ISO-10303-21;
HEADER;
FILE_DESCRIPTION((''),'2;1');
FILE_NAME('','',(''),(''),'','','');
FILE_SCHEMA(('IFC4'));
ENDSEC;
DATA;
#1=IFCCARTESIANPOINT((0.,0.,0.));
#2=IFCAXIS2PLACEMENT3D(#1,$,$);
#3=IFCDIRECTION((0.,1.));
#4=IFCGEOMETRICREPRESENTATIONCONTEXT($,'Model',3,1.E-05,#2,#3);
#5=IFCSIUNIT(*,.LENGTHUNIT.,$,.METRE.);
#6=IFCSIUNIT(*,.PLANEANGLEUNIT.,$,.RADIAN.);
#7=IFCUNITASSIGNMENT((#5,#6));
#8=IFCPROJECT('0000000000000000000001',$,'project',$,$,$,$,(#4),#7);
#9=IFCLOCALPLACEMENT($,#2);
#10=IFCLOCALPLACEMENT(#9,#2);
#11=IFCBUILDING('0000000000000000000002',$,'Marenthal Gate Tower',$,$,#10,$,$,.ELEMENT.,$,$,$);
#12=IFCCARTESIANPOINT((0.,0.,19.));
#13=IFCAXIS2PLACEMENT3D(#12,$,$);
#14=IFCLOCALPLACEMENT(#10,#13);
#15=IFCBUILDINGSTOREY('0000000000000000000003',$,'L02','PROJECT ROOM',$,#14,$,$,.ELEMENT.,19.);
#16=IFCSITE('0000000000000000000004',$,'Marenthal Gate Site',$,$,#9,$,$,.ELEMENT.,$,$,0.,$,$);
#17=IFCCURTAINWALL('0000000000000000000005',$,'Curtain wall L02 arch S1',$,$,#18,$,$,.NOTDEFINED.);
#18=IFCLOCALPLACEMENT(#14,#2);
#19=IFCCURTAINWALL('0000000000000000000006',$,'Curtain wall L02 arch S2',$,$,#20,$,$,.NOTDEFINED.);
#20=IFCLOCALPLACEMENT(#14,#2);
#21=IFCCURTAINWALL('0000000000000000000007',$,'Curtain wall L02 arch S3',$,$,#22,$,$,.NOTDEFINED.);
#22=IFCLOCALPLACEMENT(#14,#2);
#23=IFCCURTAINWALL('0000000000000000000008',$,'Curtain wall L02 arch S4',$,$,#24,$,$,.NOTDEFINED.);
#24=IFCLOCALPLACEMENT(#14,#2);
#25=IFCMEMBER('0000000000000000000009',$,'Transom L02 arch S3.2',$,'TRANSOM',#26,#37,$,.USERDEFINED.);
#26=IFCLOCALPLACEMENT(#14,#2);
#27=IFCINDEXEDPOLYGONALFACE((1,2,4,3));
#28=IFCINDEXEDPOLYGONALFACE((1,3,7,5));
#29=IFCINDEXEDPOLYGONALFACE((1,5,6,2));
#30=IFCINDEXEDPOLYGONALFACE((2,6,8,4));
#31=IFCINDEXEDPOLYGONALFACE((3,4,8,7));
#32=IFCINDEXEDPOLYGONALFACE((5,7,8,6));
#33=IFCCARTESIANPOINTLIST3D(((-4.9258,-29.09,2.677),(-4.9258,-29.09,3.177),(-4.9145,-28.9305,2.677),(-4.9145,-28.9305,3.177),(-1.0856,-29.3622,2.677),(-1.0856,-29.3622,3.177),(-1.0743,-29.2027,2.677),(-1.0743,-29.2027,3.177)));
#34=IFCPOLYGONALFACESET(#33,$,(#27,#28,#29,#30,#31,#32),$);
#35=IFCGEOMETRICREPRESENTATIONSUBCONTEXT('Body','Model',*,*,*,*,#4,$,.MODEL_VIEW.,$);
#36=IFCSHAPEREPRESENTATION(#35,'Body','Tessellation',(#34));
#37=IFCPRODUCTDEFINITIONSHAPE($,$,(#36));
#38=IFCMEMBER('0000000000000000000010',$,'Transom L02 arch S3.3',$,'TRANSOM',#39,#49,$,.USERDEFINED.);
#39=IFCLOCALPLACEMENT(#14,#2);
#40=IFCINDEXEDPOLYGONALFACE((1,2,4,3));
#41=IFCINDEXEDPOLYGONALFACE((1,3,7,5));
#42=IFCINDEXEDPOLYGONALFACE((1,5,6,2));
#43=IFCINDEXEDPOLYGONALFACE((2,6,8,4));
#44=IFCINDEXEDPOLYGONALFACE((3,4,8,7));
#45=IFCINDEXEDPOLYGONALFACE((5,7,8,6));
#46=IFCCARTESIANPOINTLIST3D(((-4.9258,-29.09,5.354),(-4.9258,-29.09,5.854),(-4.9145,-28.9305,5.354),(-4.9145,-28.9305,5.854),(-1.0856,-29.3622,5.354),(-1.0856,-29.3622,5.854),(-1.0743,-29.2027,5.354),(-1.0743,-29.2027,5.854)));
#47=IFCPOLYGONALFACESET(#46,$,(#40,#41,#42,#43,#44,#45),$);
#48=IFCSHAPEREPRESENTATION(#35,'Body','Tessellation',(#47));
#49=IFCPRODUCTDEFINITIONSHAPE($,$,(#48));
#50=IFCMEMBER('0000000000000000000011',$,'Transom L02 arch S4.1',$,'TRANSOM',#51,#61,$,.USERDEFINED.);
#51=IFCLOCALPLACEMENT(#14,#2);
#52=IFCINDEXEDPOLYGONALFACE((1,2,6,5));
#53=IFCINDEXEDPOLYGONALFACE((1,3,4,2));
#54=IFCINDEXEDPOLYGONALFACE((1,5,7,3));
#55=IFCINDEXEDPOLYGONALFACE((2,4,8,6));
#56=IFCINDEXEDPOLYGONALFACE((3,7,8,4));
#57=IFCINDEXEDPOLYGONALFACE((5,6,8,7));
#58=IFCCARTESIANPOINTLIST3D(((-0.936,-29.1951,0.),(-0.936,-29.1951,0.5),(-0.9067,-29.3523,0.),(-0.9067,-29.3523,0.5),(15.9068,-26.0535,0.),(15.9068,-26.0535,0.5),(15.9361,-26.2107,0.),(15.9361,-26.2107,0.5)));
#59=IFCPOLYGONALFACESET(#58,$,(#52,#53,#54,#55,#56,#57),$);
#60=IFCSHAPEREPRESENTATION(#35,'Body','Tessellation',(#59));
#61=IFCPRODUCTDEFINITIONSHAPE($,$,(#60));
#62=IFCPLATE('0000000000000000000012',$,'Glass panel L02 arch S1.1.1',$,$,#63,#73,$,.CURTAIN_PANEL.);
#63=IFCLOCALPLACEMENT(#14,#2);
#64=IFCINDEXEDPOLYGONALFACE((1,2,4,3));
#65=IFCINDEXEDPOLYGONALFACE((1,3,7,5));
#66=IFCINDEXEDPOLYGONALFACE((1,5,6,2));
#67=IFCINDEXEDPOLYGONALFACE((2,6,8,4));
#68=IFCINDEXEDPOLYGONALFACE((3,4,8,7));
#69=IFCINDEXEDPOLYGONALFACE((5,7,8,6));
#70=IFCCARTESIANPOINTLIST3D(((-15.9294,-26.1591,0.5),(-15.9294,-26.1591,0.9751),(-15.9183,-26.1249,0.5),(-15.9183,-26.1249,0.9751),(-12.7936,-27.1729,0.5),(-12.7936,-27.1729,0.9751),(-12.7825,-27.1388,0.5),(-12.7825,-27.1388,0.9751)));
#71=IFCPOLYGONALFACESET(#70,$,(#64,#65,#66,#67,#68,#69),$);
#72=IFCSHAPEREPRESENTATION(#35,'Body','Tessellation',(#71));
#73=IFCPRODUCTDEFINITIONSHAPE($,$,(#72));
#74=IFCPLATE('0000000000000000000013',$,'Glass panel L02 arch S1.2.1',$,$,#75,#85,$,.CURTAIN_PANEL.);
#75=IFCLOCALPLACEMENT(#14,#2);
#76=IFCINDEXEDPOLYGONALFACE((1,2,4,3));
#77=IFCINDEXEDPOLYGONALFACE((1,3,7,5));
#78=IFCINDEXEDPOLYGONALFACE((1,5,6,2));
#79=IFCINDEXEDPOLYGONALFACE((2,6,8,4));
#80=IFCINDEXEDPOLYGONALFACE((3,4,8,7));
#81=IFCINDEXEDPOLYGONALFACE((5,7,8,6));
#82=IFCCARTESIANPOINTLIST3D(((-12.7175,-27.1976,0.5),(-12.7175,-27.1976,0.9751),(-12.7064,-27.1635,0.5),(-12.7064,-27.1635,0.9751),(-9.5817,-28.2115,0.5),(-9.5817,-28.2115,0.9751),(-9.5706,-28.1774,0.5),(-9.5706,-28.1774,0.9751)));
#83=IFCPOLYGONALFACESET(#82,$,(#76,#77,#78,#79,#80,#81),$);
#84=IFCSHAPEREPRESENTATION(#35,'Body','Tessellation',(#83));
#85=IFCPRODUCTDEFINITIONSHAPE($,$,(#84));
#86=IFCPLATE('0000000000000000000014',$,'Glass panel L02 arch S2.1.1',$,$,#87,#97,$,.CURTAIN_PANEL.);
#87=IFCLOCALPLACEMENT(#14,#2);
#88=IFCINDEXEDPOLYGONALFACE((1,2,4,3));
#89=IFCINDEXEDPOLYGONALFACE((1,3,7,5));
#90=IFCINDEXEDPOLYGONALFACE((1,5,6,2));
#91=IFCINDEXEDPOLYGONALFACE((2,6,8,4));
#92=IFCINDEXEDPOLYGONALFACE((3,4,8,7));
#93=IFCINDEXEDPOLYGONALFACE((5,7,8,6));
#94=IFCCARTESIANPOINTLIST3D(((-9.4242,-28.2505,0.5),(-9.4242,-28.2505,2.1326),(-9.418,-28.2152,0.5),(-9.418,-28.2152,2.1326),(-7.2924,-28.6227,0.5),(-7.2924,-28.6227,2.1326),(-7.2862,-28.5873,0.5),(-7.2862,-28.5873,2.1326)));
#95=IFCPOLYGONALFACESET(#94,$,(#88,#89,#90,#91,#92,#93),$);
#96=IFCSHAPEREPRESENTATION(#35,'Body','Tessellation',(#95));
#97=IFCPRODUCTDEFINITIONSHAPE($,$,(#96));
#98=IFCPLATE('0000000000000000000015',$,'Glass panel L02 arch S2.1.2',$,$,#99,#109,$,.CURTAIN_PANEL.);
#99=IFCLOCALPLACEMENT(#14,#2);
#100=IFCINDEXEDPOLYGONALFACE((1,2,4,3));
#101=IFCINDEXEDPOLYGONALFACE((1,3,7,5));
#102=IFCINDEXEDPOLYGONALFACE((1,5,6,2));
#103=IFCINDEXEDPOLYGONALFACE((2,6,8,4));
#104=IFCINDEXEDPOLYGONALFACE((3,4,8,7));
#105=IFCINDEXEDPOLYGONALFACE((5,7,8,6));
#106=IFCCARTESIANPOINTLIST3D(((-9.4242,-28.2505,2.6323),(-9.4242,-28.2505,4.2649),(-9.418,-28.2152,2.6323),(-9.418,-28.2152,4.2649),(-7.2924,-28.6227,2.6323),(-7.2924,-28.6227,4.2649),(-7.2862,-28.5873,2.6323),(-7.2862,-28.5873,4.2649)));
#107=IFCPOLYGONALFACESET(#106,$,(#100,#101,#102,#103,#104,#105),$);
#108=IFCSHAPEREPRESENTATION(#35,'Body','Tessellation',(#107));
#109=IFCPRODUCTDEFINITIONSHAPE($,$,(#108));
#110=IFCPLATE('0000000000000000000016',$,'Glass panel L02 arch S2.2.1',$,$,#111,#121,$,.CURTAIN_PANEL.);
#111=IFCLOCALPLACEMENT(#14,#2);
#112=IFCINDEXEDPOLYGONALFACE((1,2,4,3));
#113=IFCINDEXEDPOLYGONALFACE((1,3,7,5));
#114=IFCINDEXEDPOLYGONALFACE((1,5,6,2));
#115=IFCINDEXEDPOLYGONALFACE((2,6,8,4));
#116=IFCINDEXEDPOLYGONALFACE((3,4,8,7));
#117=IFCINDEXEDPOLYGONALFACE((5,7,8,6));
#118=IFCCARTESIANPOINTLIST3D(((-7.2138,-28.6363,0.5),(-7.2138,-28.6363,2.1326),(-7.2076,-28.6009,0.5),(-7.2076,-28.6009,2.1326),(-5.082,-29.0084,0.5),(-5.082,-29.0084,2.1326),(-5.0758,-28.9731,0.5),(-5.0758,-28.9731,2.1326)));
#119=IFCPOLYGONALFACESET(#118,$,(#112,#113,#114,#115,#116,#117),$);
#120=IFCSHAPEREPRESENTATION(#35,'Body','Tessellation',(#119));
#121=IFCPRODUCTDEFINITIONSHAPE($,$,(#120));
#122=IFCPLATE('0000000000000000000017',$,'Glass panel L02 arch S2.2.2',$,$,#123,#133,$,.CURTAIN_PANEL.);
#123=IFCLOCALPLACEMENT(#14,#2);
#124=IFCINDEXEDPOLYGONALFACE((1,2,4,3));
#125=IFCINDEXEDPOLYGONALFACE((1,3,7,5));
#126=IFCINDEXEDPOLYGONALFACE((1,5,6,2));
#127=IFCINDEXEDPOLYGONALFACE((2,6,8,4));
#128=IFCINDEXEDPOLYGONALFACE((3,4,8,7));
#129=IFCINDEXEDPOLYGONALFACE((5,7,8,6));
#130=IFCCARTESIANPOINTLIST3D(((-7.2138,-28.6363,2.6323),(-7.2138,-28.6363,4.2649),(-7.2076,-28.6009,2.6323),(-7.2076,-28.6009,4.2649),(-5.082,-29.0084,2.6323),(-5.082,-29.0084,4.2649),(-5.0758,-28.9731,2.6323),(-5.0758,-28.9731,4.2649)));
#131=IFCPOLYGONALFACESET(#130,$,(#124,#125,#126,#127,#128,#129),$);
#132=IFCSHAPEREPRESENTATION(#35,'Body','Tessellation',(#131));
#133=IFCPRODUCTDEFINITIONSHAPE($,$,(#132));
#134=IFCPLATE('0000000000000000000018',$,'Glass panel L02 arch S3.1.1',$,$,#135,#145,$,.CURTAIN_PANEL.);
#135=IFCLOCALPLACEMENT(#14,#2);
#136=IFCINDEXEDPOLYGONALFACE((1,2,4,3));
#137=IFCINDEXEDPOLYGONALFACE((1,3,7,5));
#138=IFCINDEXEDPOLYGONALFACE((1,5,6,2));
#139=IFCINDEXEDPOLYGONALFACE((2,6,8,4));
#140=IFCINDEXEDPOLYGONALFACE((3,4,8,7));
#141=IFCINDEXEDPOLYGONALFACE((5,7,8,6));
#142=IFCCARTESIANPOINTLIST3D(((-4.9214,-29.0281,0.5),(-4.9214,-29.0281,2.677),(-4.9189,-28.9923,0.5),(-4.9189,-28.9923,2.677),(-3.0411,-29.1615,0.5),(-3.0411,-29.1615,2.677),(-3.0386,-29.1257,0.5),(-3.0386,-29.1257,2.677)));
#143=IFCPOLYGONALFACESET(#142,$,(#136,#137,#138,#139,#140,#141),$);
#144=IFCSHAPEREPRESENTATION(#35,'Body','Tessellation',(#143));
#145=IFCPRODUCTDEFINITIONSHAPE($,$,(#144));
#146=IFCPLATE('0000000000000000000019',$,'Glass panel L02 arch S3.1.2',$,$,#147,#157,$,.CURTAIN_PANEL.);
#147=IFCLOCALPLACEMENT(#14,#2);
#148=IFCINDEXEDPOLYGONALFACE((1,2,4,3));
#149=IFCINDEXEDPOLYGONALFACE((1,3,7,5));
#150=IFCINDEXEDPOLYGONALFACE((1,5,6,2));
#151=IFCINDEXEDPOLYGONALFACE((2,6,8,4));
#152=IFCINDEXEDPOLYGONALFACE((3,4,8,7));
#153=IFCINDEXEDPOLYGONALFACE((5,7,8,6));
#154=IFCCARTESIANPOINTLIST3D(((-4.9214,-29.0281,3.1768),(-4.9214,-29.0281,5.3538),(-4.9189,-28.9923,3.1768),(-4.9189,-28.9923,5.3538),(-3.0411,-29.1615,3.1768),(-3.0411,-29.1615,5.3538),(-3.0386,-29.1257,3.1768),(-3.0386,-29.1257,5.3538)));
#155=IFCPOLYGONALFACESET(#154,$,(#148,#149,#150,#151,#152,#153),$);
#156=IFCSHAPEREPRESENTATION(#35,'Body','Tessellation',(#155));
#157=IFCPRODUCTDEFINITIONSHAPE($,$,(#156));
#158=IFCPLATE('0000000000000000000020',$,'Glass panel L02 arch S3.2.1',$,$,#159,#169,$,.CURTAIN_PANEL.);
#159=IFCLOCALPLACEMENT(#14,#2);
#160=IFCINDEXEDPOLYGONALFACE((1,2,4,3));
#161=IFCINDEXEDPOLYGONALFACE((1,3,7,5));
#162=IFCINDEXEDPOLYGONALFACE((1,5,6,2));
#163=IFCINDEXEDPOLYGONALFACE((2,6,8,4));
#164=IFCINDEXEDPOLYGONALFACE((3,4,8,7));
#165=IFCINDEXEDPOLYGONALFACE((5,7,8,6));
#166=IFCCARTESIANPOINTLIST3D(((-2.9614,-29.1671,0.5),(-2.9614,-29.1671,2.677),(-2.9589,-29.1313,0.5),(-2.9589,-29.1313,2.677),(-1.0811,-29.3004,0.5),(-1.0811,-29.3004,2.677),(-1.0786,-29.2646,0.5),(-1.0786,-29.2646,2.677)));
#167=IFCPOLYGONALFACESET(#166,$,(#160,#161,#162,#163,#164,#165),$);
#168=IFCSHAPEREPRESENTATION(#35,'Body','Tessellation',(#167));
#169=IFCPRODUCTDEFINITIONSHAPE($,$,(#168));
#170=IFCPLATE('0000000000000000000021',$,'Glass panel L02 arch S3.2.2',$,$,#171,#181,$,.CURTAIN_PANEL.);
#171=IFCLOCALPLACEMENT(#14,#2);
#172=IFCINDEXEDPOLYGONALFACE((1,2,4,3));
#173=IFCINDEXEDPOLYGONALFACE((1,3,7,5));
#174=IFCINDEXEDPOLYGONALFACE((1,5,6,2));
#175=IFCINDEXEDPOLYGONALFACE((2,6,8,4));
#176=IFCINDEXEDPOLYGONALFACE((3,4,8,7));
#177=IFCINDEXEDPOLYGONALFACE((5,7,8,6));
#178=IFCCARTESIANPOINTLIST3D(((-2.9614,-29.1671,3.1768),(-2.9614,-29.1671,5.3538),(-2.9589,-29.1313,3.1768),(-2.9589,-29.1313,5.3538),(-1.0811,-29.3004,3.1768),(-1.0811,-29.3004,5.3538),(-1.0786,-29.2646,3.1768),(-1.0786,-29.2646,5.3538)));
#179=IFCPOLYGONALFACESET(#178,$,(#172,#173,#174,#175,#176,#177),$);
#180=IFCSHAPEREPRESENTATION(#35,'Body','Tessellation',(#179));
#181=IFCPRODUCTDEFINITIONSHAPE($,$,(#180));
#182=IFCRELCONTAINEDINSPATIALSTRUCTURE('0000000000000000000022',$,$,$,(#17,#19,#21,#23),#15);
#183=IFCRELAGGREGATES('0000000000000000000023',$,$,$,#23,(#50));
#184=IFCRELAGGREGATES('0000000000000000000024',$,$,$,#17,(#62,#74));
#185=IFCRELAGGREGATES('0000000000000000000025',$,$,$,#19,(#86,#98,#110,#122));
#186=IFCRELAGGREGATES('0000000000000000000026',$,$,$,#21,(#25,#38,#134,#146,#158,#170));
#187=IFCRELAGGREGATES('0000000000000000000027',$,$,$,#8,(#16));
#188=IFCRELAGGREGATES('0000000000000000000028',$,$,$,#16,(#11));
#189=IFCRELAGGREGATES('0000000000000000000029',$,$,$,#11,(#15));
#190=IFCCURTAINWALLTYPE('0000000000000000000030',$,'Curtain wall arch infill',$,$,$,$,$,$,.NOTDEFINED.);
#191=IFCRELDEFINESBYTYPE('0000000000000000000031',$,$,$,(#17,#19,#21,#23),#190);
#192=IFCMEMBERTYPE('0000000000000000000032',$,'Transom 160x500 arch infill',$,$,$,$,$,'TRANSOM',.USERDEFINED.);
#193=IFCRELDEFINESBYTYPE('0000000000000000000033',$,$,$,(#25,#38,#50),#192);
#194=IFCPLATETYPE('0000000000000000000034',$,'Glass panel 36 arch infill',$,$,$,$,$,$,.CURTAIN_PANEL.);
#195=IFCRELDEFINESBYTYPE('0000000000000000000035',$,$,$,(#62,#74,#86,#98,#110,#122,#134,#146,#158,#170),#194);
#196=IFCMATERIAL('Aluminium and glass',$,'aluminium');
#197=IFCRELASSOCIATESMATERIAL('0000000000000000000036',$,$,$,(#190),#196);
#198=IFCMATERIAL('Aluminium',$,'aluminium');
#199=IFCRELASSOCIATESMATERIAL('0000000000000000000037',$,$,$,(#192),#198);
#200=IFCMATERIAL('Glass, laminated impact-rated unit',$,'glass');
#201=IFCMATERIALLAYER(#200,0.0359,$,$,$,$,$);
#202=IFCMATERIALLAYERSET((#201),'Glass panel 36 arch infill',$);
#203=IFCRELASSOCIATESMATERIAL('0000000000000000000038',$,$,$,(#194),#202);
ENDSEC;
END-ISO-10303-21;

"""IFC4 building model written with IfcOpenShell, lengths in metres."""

from ifc_helpers import new_model, si_unit, direction, frame, origin, origin_2d, place, context, subcontext, project, spatial, rectangle, extrude, material, layer, layer_set, material_profile, profile_set, type_object, element, aggregate, save


model = new_model("IFC4")

# Units and contexts
model_context = context("Model", 3, precision=1e-05, world=origin(), true_north=direction((0.0, 1.0)))
body_context = subcontext(model_context, "Body", "Model", "MODEL_VIEW")
ifc_project = project(units=[si_unit("LENGTHUNIT", "METRE"), si_unit("PLANEANGLEUNIT", "RADIAN")], contexts=[model_context])

# Site, building, storey
site_placement = place(None, origin())
site = spatial("IfcSite", under=ifc_project, at=site_placement, Name="Marenthal Gate Site", CompositionType="ELEMENT", RefElevation=0.0)
building_placement = place(site_placement, origin())
building = spatial("IfcBuilding", under=site, at=building_placement, Name="Marenthal Gate Tower", CompositionType="ELEMENT")
storey_placement = place(building_placement, frame((0.0, 0.0, 19.0)))
storey = spatial("IfcBuildingStorey", under=building, at=storey_placement, Name="L02", Description="PROJECT ROOM", CompositionType="ELEMENT", Elevation=19.0)

# Curtain walls
ifc_material_1 = material(Name="Aluminium and glass", Category="aluminium")
curtain_wall_type = type_object("IfcCurtainWallType", Name="Curtain wall arch infill", PredefinedType="NOTDEFINED", material=ifc_material_1)
curtain_wall_1_placement = place(storey_placement, origin())
curtain_wall_1 = element("IfcCurtainWall", 1, at=curtain_wall_1_placement, inside=storey, type_object=curtain_wall_type, Name="Curtain wall L02 arch S1", PredefinedType="NOTDEFINED")
curtain_wall_2_placement = place(storey_placement, origin())
curtain_wall_2 = element("IfcCurtainWall", 2, at=curtain_wall_2_placement, inside=storey, type_object=curtain_wall_type, Name="Curtain wall L02 arch S2", PredefinedType="NOTDEFINED")
curtain_wall_3_placement = place(storey_placement, origin())
curtain_wall_3 = element("IfcCurtainWall", 3, at=curtain_wall_3_placement, inside=storey, type_object=curtain_wall_type, Name="Curtain wall L02 arch S3", PredefinedType="NOTDEFINED")

# Curtain wall
curtain_wall_4_placement = place(storey_placement, origin())
curtain_wall_4 = element("IfcCurtainWall", 4, at=curtain_wall_4_placement, inside=storey, type_object=curtain_wall_type, Name="Curtain wall L02 arch S4", PredefinedType="NOTDEFINED")

# Members
ifc_material_2 = material(Name="Aluminium", Category="aluminium")
ifc_material_profile_1 = material_profile(ifc_material_2, rectangle(XDim=0.1599, YDim=0.5, at=origin_2d()), Name="160x500 aluminium transom")
ifc_profile_set_1 = profile_set([ifc_material_profile_1], Name="Aluminium")
member_type_1 = type_object("IfcMemberType", Name="Transom 160x500 arch infill", ElementType="TRANSOM", PredefinedType="USERDEFINED", material=ifc_profile_set_1)
member_1_placement = place(storey_placement, frame((-4.9202, -29.0103, 2.927), z_axis=(0.997497, -0.070706, 0.0), x_axis=(0.070706, 0.997497, 0.0)))
member_1 = element("IfcMember", 5, at=member_1_placement, type_object=member_type_1, Name="Transom L02 arch S3.2", ObjectType="TRANSOM", PredefinedType="USERDEFINED", context=body_context, shape_type="SweptSolid", body=[
    extrude(rectangle(XDim=0.1599, YDim=0.5, at=origin_2d()), origin(), (0.0, 0.0, 1.0), 3.8499),
])
member_2_placement = place(storey_placement, frame((-4.9202, -29.0103, 5.604), z_axis=(0.997497, -0.070706, 0.0), x_axis=(0.070706, 0.997497, 0.0)))
member_2 = element("IfcMember", 6, at=member_2_placement, type_object=member_type_1, Name="Transom L02 arch S3.3", ObjectType="TRANSOM", PredefinedType="USERDEFINED", context=body_context, shape_type="SweptSolid", body=[
    extrude(rectangle(XDim=0.1599, YDim=0.5, at=origin_2d()), origin(), (0.0, 0.0, 1.0), 3.8499),
])
member_3_placement = place(storey_placement, frame((-0.9214, -29.2737, 0.25), z_axis=(0.983045, 0.183363, 0.0), x_axis=(-0.183363, 0.983045, 0.0)))
member_3 = element("IfcMember", 7, at=member_3_placement, type_object=member_type_1, Name="Transom L02 arch S4.1", ObjectType="TRANSOM", PredefinedType="USERDEFINED", context=body_context, shape_type="SweptSolid", body=[
    extrude(rectangle(XDim=0.1599, YDim=0.5, at=origin_2d()), origin(), (0.0, 0.0, 1.0), 17.1333),
])
aggregate(curtain_wall_4, [member_3])

# Plates
ifc_material_3 = material(Name="Glass, laminated impact-rated unit", Category="glass")
ifc_layer = layer(ifc_material_3, 0.0359)
ifc_layer_set = layer_set([ifc_layer], Name="Glass panel 36 arch infill")
plate_type = type_object("IfcPlateType", Name="Glass panel 36 arch infill", PredefinedType="CURTAIN_PANEL", material=ifc_layer_set)
plate_1_placement = place(storey_placement, frame((-14.356, -26.6489, 0.5), z_axis=(0.0, 0.0, 1.0), x_axis=(0.951502, -0.307641, 0.0)))
plate_1 = element("IfcPlate", 8, at=plate_1_placement, type_object=plate_type, Name="Glass panel L02 arch S1.1.1", PredefinedType="CURTAIN_PANEL", context=body_context, shape_type="SweptSolid", body=[
    extrude(rectangle(XDim=3.2957, YDim=0.0359, at=origin_2d()), origin(), (0.0, 0.0, 1.0), 0.4751),
])
plate_2_placement = place(storey_placement, frame((-11.144, -27.6875, 0.5), z_axis=(0.0, 0.0, 1.0), x_axis=(0.951502, -0.307641, 0.0)))
plate_2 = element("IfcPlate", 9, at=plate_2_placement, type_object=plate_type, Name="Glass panel L02 arch S1.2.1", PredefinedType="CURTAIN_PANEL", context=body_context, shape_type="SweptSolid", body=[
    extrude(rectangle(XDim=3.2957, YDim=0.0359, at=origin_2d()), origin(), (0.0, 0.0, 1.0), 0.4751),
])
aggregate(curtain_wall_1, [plate_1, plate_2])
plate_3_placement = place(storey_placement, frame((-8.3552, -28.4189, 0.5), z_axis=(0.0, 0.0, 1.0), x_axis=(0.985102, -0.171973, 0.0)))
plate_3 = element("IfcPlate", 10, at=plate_3_placement, type_object=plate_type, Name="Glass panel L02 arch S2.1.1", PredefinedType="CURTAIN_PANEL", context=body_context, shape_type="SweptSolid", body=[
    extrude(rectangle(XDim=2.1641, YDim=0.0359, at=origin_2d()), origin(), (0.0, 0.0, 1.0), 1.6326),
])
plate_4_placement = place(storey_placement, frame((-8.3552, -28.4189, 2.6323), z_axis=(0.0, 0.0, 1.0), x_axis=(0.985102, -0.171973, 0.0)))
plate_4 = element("IfcPlate", 11, at=plate_4_placement, type_object=plate_type, Name="Glass panel L02 arch S2.1.2", PredefinedType="CURTAIN_PANEL", context=body_context, shape_type="SweptSolid", body=[
    extrude(rectangle(XDim=2.1641, YDim=0.0359, at=origin_2d()), origin(), (0.0, 0.0, 1.0), 1.6326),
])
plate_5_placement = place(storey_placement, frame((-6.1448, -28.8047, 0.5), z_axis=(0.0, 0.0, 1.0), x_axis=(0.985102, -0.171973, 0.0)))
plate_5 = element("IfcPlate", 12, at=plate_5_placement, type_object=plate_type, Name="Glass panel L02 arch S2.2.1", PredefinedType="CURTAIN_PANEL", context=body_context, shape_type="SweptSolid", body=[
    extrude(rectangle(XDim=2.1641, YDim=0.0359, at=origin_2d()), origin(), (0.0, 0.0, 1.0), 1.6326),
])
plate_6_placement = place(storey_placement, frame((-6.1448, -28.8047, 2.6323), z_axis=(0.0, 0.0, 1.0), x_axis=(0.985102, -0.171973, 0.0)))
plate_6 = element("IfcPlate", 13, at=plate_6_placement, type_object=plate_type, Name="Glass panel L02 arch S2.2.2", PredefinedType="CURTAIN_PANEL", context=body_context, shape_type="SweptSolid", body=[
    extrude(rectangle(XDim=2.1641, YDim=0.0359, at=origin_2d()), origin(), (0.0, 0.0, 1.0), 1.6326),
])
aggregate(curtain_wall_2, [plate_3, plate_4, plate_5, plate_6])
plate_7_placement = place(storey_placement, frame((-3.98, -29.0769, 0.5), z_axis=(0.0, 0.0, 1.0), x_axis=(0.997495, -0.070735, 0.0)))
plate_7 = element("IfcPlate", 14, at=plate_7_placement, type_object=plate_type, Name="Glass panel L02 arch S3.1.1", PredefinedType="CURTAIN_PANEL", context=body_context, shape_type="SweptSolid", body=[
    extrude(rectangle(XDim=1.885, YDim=0.0359, at=origin_2d()), origin(), (0.0, 0.0, 1.0), 2.177),
])
plate_8_placement = place(storey_placement, frame((-3.98, -29.0769, 3.1768), z_axis=(0.0, 0.0, 1.0), x_axis=(0.997495, -0.070735, 0.0)))
plate_8 = element("IfcPlate", 15, at=plate_8_placement, type_object=plate_type, Name="Glass panel L02 arch S3.1.2", PredefinedType="CURTAIN_PANEL", context=body_context, shape_type="SweptSolid", body=[
    extrude(rectangle(XDim=1.885, YDim=0.0359, at=origin_2d()), origin(), (0.0, 0.0, 1.0), 2.177),
])
plate_9_placement = place(storey_placement, frame((-2.02, -29.2158, 0.5), z_axis=(0.0, 0.0, 1.0), x_axis=(0.997495, -0.070735, 0.0)))
plate_9 = element("IfcPlate", 16, at=plate_9_placement, type_object=plate_type, Name="Glass panel L02 arch S3.2.1", PredefinedType="CURTAIN_PANEL", context=body_context, shape_type="SweptSolid", body=[
    extrude(rectangle(XDim=1.885, YDim=0.0359, at=origin_2d()), origin(), (0.0, 0.0, 1.0), 2.177),
])
plate_10_placement = place(storey_placement, frame((-2.02, -29.2158, 3.1768), z_axis=(0.0, 0.0, 1.0), x_axis=(0.997495, -0.070735, 0.0)))
plate_10 = element("IfcPlate", 17, at=plate_10_placement, type_object=plate_type, Name="Glass panel L02 arch S3.2.2", PredefinedType="CURTAIN_PANEL", context=body_context, shape_type="SweptSolid", body=[
    extrude(rectangle(XDim=1.885, YDim=0.0359, at=origin_2d()), origin(), (0.0, 0.0, 1.0), 2.177),
])
aggregate(curtain_wall_3, [member_1, member_2, plate_7, plate_8, plate_9, plate_10])

save(model, "model.ifc")
